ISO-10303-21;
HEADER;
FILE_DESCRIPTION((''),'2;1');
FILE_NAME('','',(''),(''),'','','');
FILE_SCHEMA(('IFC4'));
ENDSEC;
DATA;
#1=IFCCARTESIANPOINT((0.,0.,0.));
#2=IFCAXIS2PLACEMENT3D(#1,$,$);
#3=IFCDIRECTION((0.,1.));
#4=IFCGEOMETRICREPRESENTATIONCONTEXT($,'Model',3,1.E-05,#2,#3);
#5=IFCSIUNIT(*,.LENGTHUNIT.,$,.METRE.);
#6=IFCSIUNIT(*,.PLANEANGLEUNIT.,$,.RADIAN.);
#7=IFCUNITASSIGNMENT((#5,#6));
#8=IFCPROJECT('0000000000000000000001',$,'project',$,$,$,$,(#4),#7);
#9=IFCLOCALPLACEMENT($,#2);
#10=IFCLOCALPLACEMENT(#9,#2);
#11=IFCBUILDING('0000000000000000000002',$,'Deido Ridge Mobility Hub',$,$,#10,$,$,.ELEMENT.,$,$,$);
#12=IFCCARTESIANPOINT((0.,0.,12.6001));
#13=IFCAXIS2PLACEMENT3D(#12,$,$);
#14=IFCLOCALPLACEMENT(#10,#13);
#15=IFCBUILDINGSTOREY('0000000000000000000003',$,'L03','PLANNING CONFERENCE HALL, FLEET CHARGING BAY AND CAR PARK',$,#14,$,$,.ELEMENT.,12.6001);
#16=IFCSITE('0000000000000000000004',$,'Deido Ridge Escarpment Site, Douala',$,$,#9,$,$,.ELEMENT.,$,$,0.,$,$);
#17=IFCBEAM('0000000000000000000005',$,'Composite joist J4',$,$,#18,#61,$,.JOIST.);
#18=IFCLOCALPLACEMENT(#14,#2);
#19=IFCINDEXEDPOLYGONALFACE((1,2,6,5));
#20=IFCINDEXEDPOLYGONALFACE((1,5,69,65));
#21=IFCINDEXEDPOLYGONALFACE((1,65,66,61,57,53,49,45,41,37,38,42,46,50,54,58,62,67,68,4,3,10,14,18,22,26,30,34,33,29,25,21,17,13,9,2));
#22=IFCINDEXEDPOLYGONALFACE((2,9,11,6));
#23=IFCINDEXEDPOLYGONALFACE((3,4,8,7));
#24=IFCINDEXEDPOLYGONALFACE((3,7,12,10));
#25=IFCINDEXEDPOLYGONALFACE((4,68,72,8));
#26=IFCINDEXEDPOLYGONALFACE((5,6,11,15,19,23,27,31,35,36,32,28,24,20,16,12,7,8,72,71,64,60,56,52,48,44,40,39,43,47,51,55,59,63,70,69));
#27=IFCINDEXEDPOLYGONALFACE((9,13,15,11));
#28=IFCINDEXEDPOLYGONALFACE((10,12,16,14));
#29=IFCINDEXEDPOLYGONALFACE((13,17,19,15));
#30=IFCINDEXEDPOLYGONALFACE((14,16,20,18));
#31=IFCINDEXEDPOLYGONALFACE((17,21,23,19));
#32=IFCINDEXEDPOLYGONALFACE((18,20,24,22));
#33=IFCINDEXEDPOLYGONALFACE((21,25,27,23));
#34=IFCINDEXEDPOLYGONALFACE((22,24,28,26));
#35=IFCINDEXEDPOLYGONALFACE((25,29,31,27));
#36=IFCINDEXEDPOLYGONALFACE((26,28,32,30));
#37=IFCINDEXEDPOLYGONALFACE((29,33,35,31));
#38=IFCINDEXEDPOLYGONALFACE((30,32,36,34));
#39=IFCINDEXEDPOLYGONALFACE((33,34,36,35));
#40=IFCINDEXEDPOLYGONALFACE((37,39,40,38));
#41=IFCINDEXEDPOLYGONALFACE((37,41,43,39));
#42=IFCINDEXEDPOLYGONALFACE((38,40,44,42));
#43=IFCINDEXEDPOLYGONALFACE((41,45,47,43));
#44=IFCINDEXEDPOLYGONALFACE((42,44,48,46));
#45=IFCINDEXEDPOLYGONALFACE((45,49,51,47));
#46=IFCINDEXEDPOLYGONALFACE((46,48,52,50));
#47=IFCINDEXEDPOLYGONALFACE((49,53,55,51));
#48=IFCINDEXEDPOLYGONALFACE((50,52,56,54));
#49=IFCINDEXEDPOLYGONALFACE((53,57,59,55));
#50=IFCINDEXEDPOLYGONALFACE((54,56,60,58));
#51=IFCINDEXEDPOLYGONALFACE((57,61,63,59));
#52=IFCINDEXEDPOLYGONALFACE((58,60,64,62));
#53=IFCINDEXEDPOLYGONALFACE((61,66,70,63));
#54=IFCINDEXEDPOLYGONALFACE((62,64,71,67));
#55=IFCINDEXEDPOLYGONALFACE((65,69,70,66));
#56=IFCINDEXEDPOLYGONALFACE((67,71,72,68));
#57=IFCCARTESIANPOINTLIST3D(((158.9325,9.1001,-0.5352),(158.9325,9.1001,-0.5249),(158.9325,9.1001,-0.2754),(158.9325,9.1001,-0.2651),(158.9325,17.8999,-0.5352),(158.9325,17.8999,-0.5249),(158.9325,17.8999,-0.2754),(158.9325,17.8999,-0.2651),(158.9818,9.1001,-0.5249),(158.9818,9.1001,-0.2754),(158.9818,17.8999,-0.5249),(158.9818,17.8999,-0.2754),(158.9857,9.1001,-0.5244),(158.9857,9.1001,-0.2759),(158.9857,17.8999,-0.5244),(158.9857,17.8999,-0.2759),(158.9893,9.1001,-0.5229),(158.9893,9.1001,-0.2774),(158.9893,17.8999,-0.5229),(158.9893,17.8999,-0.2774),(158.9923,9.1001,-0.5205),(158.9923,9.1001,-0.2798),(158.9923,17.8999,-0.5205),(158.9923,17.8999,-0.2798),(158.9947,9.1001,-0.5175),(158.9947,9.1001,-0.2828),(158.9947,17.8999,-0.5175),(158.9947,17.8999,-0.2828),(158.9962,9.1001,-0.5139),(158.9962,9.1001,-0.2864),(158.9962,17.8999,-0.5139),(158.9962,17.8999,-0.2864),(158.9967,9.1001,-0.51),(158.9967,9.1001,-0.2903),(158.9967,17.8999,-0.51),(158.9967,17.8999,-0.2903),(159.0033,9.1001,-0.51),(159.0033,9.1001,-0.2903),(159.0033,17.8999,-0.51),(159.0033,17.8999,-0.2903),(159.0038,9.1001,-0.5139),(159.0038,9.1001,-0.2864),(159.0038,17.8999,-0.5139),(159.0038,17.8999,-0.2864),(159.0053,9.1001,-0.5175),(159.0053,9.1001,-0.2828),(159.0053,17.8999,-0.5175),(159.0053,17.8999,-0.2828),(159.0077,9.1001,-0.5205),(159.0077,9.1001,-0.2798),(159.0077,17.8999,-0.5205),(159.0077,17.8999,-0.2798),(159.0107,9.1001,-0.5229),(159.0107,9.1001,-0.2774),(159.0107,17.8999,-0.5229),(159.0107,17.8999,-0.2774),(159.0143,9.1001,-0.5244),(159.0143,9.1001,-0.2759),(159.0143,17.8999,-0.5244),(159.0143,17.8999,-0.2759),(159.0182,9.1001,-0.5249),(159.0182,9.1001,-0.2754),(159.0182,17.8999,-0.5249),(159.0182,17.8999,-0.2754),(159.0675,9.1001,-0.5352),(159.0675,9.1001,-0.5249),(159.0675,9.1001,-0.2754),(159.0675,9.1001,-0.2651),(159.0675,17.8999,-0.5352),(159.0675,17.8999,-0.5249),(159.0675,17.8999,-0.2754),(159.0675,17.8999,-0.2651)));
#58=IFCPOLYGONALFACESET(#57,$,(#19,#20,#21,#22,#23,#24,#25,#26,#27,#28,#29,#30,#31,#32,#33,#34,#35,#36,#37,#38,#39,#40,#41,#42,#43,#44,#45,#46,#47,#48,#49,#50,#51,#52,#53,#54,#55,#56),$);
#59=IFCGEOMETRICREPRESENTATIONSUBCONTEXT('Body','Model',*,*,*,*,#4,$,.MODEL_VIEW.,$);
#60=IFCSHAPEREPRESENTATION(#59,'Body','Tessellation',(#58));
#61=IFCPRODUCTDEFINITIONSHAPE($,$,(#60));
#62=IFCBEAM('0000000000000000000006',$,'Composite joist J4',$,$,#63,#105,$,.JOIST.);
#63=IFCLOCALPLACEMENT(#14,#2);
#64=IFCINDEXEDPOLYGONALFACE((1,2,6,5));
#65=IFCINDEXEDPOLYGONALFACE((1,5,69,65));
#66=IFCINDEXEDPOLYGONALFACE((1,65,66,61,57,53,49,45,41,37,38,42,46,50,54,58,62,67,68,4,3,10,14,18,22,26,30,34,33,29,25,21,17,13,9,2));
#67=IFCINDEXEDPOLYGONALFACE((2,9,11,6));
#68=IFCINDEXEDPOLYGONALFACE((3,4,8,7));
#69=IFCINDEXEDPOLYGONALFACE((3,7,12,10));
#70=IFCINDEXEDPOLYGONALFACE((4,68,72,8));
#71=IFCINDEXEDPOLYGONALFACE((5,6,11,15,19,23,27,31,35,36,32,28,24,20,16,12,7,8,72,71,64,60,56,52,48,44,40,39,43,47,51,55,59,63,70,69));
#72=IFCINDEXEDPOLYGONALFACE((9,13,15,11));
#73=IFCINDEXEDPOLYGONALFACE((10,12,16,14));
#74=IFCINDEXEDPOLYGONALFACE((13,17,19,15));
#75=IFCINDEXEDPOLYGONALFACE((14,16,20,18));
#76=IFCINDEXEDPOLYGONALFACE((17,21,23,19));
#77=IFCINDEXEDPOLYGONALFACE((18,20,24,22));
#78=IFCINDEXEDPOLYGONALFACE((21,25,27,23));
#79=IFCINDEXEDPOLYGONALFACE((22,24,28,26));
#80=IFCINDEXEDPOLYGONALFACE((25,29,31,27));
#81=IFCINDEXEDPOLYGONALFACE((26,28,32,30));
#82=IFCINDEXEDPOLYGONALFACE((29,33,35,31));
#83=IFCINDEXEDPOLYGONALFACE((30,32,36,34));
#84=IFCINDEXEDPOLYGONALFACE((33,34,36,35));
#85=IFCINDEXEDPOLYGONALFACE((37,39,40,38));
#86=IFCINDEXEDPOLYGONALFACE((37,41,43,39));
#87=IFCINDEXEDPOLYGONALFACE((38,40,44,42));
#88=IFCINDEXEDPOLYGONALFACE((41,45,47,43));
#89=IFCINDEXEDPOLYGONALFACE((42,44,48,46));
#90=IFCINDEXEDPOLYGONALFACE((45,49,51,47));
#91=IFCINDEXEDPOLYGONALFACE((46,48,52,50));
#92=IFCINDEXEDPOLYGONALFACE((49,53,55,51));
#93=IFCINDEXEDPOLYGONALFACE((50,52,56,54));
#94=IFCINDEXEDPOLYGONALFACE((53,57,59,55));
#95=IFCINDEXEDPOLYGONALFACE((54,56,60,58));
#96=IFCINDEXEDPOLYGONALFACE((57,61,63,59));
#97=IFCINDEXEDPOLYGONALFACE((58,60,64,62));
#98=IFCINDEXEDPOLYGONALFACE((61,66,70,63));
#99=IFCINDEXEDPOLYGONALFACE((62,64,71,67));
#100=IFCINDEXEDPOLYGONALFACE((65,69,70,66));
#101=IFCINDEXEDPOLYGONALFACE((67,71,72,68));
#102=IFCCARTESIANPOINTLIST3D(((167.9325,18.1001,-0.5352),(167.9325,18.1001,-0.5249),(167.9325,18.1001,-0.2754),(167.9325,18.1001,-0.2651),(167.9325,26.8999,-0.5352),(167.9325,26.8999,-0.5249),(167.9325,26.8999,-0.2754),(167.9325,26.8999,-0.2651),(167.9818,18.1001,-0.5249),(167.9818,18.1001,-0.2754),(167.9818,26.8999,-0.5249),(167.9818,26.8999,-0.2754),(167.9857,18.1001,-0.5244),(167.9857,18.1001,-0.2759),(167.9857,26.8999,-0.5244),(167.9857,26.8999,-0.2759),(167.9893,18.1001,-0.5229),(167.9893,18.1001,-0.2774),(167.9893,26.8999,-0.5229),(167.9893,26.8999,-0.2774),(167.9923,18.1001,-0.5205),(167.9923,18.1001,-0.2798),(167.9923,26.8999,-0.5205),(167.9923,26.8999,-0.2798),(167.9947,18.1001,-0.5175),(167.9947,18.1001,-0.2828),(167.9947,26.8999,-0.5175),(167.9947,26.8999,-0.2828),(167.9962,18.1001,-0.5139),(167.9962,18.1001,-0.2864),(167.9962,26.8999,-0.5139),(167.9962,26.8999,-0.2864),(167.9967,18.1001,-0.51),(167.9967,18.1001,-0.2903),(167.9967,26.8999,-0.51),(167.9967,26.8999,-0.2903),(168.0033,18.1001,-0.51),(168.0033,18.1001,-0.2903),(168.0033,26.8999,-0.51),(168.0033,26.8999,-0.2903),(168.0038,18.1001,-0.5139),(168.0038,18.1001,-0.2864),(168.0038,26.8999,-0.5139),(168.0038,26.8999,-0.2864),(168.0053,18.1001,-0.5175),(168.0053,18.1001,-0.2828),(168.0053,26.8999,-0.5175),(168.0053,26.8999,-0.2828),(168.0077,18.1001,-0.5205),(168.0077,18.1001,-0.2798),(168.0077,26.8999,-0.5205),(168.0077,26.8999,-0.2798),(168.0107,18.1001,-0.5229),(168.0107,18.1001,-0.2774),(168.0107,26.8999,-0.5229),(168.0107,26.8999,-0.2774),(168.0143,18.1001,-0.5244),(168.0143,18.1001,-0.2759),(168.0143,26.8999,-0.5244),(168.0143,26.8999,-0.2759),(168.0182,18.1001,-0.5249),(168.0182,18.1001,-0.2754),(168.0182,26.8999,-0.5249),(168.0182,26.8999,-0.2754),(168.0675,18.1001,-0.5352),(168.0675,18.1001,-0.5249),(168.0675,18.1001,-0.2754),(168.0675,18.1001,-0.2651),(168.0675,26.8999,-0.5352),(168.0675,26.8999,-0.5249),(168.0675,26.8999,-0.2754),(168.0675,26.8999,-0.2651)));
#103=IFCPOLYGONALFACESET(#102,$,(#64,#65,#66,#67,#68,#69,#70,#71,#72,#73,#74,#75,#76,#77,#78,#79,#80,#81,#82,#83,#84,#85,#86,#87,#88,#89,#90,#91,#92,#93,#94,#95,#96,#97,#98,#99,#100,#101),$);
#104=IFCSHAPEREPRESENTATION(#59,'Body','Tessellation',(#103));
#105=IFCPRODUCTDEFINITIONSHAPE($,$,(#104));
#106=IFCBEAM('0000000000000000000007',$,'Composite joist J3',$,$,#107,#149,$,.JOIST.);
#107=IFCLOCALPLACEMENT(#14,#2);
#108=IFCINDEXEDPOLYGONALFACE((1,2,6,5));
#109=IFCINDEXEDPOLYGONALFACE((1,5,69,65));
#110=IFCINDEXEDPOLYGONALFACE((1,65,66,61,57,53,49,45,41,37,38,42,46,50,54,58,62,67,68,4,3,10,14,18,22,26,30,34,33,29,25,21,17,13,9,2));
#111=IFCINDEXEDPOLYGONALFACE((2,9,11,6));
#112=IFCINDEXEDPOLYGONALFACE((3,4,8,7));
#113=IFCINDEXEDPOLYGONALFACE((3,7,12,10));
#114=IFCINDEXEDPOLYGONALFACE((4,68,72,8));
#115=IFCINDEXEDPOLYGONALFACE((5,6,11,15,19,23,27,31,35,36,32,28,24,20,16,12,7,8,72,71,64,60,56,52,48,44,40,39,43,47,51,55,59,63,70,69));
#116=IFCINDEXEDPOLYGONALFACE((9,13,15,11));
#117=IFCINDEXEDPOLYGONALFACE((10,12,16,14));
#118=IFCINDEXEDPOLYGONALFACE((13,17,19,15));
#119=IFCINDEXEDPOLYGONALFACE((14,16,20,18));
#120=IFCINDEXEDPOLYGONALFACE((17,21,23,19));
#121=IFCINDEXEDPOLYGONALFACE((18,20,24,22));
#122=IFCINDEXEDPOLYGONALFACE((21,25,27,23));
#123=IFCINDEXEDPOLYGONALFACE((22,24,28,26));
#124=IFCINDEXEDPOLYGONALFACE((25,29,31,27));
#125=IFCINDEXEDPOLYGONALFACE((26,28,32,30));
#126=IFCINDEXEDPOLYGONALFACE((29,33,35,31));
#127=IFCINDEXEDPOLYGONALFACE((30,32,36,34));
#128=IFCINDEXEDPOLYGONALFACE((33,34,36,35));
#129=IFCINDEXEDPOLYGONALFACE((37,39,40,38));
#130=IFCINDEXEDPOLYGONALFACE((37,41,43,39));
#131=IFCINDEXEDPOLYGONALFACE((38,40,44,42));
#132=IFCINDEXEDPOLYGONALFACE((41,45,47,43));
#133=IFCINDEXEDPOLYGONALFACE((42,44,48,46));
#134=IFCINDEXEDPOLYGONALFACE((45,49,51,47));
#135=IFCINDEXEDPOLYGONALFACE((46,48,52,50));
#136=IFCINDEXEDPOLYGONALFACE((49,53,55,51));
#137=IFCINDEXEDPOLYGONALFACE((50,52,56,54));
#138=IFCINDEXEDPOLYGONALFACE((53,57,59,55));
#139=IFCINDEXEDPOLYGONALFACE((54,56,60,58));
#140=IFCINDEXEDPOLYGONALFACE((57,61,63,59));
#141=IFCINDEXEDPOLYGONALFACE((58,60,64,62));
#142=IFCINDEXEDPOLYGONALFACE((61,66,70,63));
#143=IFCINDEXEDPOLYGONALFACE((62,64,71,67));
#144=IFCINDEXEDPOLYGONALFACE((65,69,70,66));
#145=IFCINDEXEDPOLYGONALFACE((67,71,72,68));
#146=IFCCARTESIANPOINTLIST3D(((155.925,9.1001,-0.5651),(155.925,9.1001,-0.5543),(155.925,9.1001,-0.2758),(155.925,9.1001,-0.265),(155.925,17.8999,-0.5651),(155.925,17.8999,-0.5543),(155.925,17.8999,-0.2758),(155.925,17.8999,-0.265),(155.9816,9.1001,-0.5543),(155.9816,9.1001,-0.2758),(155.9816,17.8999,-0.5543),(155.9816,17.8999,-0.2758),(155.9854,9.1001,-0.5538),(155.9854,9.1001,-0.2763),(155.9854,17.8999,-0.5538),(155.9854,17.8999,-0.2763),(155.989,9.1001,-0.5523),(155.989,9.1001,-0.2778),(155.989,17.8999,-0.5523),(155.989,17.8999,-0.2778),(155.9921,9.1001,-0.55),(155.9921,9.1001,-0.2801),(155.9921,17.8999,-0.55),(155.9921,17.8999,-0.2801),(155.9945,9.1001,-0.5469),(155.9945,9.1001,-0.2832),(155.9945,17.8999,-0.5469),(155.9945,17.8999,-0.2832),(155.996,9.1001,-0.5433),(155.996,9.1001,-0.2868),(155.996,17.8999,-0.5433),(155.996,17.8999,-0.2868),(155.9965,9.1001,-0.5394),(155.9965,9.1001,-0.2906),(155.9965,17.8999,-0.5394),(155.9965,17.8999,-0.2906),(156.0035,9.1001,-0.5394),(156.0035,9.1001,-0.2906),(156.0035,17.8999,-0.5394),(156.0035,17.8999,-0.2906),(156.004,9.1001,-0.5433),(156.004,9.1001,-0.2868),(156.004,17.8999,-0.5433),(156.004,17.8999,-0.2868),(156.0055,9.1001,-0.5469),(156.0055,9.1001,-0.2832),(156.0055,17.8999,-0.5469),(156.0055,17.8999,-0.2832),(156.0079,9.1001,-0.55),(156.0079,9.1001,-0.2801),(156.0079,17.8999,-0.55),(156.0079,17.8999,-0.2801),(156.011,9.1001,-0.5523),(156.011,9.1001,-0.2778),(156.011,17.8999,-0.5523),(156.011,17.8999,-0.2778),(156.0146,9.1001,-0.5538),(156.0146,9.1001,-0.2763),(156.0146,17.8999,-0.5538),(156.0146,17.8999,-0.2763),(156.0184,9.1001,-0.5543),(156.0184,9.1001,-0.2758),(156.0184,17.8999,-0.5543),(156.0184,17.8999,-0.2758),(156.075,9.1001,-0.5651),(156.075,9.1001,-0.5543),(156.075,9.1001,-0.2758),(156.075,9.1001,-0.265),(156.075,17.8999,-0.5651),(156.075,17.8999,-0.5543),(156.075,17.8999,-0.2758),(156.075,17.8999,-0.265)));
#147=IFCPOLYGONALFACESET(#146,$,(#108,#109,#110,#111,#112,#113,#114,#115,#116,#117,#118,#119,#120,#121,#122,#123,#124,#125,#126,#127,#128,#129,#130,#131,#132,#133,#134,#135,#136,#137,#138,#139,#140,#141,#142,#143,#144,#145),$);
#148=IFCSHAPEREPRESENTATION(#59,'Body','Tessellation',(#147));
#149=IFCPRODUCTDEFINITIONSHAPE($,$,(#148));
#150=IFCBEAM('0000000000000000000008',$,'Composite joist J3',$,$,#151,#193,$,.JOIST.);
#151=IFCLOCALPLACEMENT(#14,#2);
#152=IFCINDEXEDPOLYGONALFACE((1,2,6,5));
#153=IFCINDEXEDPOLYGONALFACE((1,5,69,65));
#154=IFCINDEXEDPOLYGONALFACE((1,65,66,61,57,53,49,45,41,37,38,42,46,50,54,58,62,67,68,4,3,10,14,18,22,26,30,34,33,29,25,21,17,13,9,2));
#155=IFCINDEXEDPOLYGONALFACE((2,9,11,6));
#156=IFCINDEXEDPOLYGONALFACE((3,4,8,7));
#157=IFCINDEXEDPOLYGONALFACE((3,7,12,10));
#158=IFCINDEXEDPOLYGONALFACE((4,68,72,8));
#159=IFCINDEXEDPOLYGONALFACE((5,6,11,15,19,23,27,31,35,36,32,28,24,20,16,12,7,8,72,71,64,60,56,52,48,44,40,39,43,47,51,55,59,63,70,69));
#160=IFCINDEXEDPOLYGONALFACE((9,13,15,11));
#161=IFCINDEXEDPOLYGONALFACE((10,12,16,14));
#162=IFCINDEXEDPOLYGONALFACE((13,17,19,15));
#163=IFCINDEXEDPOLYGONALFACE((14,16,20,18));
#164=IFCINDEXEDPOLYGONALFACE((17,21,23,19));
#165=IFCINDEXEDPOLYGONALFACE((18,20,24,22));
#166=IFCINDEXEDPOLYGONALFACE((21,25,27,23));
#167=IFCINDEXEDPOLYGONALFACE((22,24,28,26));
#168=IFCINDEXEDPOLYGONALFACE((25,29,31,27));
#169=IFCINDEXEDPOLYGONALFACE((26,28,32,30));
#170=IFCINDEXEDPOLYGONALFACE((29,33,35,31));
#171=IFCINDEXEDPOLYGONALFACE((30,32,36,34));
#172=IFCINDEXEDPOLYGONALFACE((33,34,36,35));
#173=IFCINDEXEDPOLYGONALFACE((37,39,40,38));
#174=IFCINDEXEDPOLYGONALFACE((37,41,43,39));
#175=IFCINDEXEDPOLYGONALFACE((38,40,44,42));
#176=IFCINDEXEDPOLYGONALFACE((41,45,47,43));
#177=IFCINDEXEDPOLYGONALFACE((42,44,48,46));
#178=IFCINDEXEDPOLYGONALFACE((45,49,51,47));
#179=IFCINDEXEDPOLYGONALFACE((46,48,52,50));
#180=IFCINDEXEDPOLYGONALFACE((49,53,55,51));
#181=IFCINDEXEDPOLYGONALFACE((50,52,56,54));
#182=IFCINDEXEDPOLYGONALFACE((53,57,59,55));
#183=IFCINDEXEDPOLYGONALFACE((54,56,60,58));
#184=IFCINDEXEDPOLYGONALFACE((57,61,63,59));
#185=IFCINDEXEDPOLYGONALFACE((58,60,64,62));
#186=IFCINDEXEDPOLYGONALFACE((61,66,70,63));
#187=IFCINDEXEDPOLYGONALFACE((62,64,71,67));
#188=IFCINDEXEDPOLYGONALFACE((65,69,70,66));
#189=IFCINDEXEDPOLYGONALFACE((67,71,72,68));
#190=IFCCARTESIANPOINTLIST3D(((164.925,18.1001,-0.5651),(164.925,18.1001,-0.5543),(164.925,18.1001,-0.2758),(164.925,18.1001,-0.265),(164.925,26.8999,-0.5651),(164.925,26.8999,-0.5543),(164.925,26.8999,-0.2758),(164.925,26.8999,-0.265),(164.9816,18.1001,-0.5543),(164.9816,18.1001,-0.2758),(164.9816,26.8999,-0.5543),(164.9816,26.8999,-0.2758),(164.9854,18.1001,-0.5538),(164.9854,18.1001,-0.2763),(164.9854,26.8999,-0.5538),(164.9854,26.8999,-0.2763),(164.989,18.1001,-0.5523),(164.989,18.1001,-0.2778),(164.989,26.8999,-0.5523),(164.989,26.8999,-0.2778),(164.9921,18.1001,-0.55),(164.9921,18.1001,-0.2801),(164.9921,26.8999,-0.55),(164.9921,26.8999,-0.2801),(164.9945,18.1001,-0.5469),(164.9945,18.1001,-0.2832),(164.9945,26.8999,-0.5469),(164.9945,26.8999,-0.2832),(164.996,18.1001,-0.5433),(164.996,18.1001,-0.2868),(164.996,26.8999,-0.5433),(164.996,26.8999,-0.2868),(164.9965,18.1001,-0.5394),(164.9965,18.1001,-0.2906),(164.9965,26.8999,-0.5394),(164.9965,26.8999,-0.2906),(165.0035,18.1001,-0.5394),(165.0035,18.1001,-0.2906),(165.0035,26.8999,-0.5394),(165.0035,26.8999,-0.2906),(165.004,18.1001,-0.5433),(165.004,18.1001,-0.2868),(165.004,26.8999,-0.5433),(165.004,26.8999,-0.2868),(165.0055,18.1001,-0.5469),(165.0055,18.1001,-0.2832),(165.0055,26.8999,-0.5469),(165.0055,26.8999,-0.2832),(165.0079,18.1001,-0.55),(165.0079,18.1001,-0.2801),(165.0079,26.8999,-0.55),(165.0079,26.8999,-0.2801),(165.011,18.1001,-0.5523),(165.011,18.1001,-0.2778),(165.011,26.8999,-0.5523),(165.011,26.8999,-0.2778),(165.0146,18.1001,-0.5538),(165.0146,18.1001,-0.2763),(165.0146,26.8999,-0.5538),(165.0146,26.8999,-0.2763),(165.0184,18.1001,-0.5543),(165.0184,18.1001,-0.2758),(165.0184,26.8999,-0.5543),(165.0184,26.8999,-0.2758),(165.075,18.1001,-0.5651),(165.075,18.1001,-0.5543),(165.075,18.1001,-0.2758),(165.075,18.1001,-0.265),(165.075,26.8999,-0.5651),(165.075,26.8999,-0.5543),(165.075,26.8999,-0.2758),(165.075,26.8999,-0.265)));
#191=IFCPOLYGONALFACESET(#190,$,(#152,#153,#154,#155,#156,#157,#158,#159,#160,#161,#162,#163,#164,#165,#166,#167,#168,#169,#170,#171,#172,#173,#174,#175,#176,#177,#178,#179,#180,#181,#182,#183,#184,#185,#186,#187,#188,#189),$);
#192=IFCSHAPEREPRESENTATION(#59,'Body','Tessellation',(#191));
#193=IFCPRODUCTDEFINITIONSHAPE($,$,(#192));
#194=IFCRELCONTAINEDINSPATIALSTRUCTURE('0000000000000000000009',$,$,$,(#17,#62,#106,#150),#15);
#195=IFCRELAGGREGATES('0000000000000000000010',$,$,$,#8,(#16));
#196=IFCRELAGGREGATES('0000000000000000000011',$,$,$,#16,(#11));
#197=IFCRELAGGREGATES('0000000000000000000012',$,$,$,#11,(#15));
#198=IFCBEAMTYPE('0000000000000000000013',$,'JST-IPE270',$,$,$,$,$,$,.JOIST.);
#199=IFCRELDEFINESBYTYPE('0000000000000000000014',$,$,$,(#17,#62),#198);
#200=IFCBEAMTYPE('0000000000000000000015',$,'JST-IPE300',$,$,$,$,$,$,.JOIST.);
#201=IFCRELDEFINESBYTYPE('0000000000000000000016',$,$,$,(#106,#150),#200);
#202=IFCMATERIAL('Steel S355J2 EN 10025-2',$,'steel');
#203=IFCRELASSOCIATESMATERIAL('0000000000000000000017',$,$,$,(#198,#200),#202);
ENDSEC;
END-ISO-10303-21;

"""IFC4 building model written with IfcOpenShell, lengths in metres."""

from ifc_helpers import new_model, si_unit, direction, frame, origin, origin_2d, place, context, subcontext, project, spatial, i_section, extrude, material, material_profile, profile_set, type_object, element, save


model = new_model("IFC4")

# Units and contexts
model_context = context("Model", 3, precision=1e-05, world=origin(), true_north=direction((0.0, 1.0)))
body_context = subcontext(model_context, "Body", "Model", "MODEL_VIEW")
ifc_project = project(units=[si_unit("LENGTHUNIT", "METRE"), si_unit("PLANEANGLEUNIT", "RADIAN")], contexts=[model_context])

# Site, building, storey
site_placement = place(None, origin())
site = spatial("IfcSite", under=ifc_project, at=site_placement, Name="Deido Ridge Escarpment Site, Douala", CompositionType="ELEMENT", RefElevation=0.0)
building_placement = place(site_placement, origin())
building = spatial("IfcBuilding", under=site, at=building_placement, Name="Deido Ridge Mobility Hub", CompositionType="ELEMENT")
storey_placement = place(building_placement, frame((0.0, 0.0, 12.6001)))
storey = spatial("IfcBuildingStorey", under=building, at=storey_placement, Name="L03", Description="PLANNING CONFERENCE HALL, FLEET CHARGING BAY AND CAR PARK", CompositionType="ELEMENT", Elevation=12.6001)

# Shared definitions
ifc_material_1 = material(Name="Steel S355J2 EN 10025-2", Category="steel")

# Beams
ifc_material_profile_1 = material_profile(ifc_material_1, i_section(OverallWidth=0.135, OverallDepth=0.27, WebThickness=0.0066, FlangeThickness=0.0103, FilletRadius=0.0149, at=origin_2d()), Name="IPE 270")
ifc_profile_set_1 = profile_set([ifc_material_profile_1], Name="Steel S355J2 EN 10025-2")
beam_type_1 = type_object("IfcBeamType", Name="JST-IPE270", PredefinedType="JOIST", material=ifc_profile_set_1)
for number, where, z_axis, x_axis, name in (
    (1, (159.0, 9.1001, -0.4001), (0.0, 1.0, 0.0), (-1.0, 0.0, 0.0), "Composite joist J4"),
    (2, (168.0, 18.1001, -0.4001), (0.0, 1.0, 0.0), (-1.0, 0.0, 0.0), "Composite joist J4"),
):
    element("IfcBeam", number, at=place(storey_placement, frame(where, z_axis=z_axis, x_axis=x_axis)), inside=storey, type_object=beam_type_1, Name=name, PredefinedType="JOIST", context=body_context, shape_type="SweptSolid", body=[
        extrude(i_section(OverallWidth=0.135, OverallDepth=0.27, WebThickness=0.0066, FlangeThickness=0.0103, FilletRadius=0.0149, at=origin_2d()), origin(), (0.0, 0.0, 1.0), 8.7998),
    ])
ifc_material_profile_2 = material_profile(ifc_material_1, i_section(OverallWidth=0.1499, OverallDepth=0.3, WebThickness=0.0071, FlangeThickness=0.0107, FilletRadius=0.0149, at=origin_2d()), Name="IPE 300")
ifc_profile_set_2 = profile_set([ifc_material_profile_2], Name="Steel S355J2 EN 10025-2")
beam_type_2 = type_object("IfcBeamType", Name="JST-IPE300", PredefinedType="JOIST", material=ifc_profile_set_2)
for number, where, z_axis, x_axis, name in (
    (3, (156.0, 9.1001, -0.415), (0.0, 1.0, 0.0), (-1.0, 0.0, 0.0), "Composite joist J3"),
    (4, (165.0, 18.1001, -0.415), (0.0, 1.0, 0.0), (-1.0, 0.0, 0.0), "Composite joist J3"),
):
    element("IfcBeam", number, at=place(storey_placement, frame(where, z_axis=z_axis, x_axis=x_axis)), inside=storey, type_object=beam_type_2, Name=name, PredefinedType="JOIST", context=body_context, shape_type="SweptSolid", body=[
        extrude(i_section(OverallWidth=0.1499, OverallDepth=0.3, WebThickness=0.0071, FlangeThickness=0.0107, FilletRadius=0.0149, at=origin_2d()), origin(), (0.0, 0.0, 1.0), 8.7998),
    ])

save(model, "model.ifc")
